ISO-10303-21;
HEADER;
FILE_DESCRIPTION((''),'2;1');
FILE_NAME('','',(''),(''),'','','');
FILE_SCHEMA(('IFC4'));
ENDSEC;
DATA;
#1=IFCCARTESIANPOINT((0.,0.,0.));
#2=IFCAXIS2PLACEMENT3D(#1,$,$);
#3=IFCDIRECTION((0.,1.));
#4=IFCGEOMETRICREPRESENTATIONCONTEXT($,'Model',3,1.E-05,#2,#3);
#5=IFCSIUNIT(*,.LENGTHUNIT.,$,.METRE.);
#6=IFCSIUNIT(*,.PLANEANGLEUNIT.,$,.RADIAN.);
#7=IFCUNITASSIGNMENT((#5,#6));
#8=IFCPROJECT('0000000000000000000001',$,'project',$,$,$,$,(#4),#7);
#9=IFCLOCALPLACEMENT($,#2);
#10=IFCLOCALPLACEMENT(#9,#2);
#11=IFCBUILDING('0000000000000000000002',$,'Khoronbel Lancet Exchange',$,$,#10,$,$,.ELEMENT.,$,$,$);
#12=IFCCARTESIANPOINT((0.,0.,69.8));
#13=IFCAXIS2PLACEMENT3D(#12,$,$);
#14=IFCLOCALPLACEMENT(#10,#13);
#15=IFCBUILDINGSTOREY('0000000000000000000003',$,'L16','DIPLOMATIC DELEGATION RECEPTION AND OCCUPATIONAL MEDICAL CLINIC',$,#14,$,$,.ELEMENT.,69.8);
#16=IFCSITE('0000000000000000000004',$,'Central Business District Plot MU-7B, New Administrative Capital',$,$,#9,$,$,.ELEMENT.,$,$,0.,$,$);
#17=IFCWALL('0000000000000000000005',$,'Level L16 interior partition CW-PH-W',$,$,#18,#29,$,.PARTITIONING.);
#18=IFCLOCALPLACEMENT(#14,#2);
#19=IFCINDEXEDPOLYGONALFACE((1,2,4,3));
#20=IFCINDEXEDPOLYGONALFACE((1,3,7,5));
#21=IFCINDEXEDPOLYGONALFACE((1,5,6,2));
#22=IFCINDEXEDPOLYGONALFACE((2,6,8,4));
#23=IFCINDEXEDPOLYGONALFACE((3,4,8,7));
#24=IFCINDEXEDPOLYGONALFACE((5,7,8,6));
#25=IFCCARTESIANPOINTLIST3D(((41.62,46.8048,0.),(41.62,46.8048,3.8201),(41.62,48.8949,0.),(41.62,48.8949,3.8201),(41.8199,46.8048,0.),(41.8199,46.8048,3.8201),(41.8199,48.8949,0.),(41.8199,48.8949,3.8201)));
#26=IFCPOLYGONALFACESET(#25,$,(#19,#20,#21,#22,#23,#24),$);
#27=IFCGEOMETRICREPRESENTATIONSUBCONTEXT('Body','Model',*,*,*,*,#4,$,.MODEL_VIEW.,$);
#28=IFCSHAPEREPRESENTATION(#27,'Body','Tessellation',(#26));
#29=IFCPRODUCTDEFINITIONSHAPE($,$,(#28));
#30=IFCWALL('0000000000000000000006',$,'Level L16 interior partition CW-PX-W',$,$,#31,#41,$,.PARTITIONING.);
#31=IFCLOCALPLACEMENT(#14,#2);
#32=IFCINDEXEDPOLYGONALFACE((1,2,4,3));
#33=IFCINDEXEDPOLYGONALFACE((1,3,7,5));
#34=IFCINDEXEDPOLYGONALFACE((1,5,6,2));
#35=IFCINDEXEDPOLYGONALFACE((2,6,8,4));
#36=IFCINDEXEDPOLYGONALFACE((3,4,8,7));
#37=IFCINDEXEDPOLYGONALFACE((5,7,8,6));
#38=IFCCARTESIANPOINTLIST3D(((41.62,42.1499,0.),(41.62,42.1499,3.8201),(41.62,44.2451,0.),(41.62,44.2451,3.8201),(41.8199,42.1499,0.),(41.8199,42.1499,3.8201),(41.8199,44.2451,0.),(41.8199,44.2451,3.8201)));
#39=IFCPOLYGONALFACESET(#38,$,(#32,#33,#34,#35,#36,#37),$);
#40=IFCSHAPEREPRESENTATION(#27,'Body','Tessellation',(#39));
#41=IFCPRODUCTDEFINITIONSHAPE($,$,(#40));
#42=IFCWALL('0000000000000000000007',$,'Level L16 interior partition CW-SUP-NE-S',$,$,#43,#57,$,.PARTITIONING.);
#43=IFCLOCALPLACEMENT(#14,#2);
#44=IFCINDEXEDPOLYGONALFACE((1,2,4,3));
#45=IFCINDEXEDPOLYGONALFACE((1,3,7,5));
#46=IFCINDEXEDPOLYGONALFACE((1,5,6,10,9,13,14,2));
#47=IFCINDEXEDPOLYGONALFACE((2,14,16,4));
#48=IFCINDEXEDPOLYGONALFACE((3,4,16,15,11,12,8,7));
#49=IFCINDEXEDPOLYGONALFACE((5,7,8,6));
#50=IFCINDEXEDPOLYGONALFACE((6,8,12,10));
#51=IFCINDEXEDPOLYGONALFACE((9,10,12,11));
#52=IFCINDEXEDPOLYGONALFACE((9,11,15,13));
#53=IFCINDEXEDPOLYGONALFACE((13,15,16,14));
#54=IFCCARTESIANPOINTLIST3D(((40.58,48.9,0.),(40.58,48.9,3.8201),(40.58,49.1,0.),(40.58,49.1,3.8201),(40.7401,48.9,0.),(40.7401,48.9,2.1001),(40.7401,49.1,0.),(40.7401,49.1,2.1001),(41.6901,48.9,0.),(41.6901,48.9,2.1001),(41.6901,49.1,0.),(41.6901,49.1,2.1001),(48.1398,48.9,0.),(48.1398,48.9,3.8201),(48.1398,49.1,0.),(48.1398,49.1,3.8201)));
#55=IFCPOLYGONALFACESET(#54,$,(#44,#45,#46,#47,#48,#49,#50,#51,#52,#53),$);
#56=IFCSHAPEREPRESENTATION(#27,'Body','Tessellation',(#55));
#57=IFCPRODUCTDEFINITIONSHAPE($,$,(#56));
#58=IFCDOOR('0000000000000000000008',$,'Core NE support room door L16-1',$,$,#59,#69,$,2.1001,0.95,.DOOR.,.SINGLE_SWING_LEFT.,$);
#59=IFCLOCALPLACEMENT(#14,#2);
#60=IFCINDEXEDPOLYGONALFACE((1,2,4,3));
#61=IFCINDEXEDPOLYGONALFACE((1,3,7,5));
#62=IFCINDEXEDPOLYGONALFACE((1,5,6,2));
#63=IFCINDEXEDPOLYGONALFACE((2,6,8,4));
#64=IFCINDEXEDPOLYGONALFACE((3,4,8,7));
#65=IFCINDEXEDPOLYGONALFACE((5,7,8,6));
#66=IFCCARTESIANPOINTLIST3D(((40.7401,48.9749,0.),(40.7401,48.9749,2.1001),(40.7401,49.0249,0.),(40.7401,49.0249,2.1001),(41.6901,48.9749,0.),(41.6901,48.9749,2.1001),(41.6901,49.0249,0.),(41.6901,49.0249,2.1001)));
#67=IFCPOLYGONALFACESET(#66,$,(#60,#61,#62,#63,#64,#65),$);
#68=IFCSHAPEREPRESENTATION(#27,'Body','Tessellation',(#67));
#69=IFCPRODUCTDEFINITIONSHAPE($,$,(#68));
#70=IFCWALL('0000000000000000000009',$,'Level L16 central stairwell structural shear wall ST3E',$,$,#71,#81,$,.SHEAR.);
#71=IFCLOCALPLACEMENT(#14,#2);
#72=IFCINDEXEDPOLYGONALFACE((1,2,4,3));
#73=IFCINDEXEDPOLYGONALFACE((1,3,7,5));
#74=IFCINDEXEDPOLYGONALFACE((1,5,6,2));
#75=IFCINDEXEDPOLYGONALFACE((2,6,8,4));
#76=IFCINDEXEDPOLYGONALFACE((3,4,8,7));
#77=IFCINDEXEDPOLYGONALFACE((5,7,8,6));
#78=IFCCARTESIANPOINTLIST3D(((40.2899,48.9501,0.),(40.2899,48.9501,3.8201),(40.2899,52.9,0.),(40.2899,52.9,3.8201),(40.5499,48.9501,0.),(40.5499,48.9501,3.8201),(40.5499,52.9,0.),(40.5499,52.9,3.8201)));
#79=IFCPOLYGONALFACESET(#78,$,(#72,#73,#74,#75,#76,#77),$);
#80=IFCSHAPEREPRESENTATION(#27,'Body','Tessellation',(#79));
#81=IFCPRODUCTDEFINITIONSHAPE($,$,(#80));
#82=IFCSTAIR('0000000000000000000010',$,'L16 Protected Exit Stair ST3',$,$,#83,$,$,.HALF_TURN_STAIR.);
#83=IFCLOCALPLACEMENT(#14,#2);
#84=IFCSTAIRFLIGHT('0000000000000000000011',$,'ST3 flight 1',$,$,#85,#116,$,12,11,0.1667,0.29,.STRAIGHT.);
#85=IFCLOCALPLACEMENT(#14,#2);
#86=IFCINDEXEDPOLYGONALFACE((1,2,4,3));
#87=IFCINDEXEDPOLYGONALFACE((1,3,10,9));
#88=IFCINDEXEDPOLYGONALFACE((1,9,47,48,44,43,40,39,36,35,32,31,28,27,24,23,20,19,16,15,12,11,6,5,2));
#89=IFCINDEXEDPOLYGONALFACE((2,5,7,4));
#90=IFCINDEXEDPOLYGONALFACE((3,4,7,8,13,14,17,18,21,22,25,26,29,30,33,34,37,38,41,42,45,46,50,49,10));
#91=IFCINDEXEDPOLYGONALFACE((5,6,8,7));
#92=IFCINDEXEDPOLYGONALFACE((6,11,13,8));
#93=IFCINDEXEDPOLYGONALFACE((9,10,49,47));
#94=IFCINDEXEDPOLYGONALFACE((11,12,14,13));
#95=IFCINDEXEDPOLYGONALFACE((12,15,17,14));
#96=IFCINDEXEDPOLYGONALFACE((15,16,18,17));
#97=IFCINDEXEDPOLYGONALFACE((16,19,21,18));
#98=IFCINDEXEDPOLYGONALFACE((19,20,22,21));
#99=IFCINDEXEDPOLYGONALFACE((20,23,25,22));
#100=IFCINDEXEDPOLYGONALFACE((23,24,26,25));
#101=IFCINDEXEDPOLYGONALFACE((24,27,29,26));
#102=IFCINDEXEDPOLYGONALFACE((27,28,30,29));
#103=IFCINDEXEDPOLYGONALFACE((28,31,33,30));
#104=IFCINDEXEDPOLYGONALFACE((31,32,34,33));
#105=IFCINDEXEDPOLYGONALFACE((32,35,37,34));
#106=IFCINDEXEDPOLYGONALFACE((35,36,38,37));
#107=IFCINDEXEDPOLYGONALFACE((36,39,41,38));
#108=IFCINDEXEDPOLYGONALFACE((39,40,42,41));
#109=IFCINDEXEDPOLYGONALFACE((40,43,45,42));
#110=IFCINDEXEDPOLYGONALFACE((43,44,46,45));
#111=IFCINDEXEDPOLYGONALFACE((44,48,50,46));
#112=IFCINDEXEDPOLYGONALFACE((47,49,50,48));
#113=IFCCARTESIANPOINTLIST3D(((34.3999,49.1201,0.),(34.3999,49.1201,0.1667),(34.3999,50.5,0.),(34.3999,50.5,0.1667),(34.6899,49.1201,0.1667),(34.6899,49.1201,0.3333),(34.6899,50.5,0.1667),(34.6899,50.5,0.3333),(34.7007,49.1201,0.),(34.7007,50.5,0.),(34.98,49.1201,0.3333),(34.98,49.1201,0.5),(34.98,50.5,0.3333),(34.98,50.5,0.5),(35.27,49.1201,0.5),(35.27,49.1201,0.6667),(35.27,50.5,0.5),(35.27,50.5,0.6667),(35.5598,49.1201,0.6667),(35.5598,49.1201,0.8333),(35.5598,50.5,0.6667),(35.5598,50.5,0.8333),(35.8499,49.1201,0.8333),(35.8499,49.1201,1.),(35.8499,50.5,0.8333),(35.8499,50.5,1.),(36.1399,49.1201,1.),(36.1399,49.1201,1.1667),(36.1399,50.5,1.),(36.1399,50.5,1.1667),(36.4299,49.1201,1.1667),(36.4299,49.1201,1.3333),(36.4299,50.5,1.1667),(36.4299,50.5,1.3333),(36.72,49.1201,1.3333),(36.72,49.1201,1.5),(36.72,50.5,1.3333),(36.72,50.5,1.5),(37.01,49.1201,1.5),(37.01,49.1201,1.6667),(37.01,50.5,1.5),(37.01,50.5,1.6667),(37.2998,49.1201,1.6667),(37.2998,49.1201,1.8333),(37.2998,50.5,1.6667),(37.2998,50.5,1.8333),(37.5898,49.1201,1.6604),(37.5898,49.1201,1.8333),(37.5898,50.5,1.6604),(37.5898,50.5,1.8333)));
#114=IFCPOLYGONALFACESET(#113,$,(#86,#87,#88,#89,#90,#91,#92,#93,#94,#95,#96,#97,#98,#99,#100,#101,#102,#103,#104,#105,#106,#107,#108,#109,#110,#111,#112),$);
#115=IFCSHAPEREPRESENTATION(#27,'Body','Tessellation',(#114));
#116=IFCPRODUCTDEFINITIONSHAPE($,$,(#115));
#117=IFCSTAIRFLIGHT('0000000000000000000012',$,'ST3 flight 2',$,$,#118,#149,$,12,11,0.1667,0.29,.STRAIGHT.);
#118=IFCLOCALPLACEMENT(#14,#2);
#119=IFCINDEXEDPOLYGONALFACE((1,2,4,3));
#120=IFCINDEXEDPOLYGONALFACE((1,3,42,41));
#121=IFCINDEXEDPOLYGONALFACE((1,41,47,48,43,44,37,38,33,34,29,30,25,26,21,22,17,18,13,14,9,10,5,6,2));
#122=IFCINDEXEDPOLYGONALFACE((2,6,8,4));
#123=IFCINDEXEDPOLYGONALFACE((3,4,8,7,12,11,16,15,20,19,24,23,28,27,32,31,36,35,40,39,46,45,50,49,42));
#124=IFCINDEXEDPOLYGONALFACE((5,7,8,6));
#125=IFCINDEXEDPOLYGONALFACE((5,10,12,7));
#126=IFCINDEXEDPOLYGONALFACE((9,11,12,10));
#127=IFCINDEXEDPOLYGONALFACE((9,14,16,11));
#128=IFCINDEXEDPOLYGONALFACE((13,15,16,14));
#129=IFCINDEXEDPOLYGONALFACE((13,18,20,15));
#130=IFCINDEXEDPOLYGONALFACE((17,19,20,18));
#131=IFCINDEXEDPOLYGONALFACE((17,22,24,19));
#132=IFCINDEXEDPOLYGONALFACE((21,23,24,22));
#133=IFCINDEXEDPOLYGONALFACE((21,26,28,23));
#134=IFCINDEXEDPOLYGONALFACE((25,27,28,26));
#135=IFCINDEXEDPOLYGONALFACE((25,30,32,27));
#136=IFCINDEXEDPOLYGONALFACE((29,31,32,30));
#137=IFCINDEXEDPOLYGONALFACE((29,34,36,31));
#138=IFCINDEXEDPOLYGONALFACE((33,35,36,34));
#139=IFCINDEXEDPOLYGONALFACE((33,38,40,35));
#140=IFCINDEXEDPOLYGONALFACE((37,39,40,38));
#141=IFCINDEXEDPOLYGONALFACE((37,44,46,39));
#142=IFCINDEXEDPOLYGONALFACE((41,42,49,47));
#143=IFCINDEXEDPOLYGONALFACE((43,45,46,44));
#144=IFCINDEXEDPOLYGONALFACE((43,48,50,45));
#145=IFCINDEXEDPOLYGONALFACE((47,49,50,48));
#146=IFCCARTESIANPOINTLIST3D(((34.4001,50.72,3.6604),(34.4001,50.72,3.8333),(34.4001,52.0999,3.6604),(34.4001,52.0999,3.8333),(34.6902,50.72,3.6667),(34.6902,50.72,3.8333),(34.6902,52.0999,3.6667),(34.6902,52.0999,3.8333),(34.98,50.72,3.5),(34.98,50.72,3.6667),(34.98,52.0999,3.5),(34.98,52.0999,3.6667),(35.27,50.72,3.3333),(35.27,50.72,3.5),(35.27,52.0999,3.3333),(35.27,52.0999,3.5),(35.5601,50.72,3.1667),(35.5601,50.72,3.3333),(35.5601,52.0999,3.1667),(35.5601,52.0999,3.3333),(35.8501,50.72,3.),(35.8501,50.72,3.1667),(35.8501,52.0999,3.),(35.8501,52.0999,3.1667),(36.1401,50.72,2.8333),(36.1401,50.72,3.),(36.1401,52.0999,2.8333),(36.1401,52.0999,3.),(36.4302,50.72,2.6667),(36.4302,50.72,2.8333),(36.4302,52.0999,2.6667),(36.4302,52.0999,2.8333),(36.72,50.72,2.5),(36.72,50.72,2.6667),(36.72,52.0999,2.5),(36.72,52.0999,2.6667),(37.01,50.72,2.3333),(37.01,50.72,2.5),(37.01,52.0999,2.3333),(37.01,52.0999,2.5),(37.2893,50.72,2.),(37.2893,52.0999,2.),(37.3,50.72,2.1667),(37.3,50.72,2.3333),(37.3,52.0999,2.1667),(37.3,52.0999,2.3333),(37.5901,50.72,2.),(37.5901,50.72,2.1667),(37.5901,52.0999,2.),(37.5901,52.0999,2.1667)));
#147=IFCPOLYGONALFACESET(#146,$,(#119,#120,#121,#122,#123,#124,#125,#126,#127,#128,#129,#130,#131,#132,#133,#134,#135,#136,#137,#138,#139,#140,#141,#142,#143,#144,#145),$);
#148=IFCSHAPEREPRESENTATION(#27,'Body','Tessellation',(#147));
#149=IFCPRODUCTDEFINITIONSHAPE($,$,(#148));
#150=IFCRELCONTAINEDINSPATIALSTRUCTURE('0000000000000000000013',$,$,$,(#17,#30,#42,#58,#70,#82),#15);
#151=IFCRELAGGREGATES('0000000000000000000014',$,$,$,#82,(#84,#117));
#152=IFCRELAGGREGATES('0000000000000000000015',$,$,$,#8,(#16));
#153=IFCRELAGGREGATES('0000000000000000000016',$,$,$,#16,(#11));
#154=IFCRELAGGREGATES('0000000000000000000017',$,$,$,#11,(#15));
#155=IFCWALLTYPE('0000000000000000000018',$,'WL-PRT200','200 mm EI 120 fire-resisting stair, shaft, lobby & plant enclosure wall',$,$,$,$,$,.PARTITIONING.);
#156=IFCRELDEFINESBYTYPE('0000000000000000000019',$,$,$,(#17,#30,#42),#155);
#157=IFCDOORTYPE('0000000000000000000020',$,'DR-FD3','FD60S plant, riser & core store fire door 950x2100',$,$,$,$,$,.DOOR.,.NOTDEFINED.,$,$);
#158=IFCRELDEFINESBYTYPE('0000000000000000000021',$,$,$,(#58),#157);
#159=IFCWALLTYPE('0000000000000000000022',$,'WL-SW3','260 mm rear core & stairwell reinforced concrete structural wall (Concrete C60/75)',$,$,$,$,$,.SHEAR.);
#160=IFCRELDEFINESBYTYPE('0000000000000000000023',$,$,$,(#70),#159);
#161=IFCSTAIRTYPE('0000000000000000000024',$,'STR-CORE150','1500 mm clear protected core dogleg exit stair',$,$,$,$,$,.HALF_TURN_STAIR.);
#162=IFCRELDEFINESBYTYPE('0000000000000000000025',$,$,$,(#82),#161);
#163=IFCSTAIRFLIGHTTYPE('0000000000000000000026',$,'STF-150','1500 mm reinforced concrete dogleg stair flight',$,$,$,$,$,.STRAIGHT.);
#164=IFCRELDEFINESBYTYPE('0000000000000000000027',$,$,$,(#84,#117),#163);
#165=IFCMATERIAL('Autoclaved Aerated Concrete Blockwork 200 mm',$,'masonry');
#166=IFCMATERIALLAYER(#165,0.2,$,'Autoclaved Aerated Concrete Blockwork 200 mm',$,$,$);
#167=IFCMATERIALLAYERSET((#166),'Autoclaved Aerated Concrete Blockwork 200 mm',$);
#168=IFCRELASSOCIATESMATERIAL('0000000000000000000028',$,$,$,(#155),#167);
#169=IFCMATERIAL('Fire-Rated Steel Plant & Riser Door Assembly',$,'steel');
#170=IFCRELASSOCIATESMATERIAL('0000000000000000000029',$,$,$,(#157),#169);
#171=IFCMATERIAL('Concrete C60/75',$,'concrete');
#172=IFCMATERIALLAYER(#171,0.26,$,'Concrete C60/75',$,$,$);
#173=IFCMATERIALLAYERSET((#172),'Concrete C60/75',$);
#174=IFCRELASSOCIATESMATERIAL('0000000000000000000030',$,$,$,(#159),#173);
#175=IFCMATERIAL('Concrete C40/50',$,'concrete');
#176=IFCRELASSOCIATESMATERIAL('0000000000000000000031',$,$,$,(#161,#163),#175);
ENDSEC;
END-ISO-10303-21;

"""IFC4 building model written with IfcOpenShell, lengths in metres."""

from ifc_helpers import new_model, si_unit, direction, frame, frame_2d, origin, place, context, subcontext, project, spatial, polyline, rectangle, outline, extrude, material, layer, layer_set, type_object, element, fill, aggregate, save


model = new_model("IFC4")

# Units and contexts
model_context = context("Model", 3, precision=1e-05, world=origin(), true_north=direction((0.0, 1.0)))
body_context = subcontext(model_context, "Body", "Model", "MODEL_VIEW")
ifc_project = project(units=[si_unit("LENGTHUNIT", "METRE"), si_unit("PLANEANGLEUNIT", "RADIAN")], contexts=[model_context])

# Site, building, storey
site_placement = place(None, origin())
site = spatial("IfcSite", under=ifc_project, at=site_placement, Name="Central Business District Plot MU-7B, New Administrative Capital", CompositionType="ELEMENT", RefElevation=0.0)
building_placement = place(site_placement, origin())
building = spatial("IfcBuilding", under=site, at=building_placement, Name="Khoronbel Lancet Exchange", CompositionType="ELEMENT")
storey_placement = place(building_placement, frame((0.0, 0.0, 69.8)))
storey = spatial("IfcBuildingStorey", under=building, at=storey_placement, Name="L16", Description="DIPLOMATIC DELEGATION RECEPTION AND OCCUPATIONAL MEDICAL CLINIC", CompositionType="ELEMENT", Elevation=69.8)

# Walls
ifc_material_1 = material(Name="Autoclaved Aerated Concrete Blockwork 200 mm", Category="masonry")
ifc_layer_1 = layer(ifc_material_1, 0.2, Name="Autoclaved Aerated Concrete Blockwork 200 mm")
ifc_layer_set_1 = layer_set([ifc_layer_1], Name="Autoclaved Aerated Concrete Blockwork 200 mm")
wall_type_1 = type_object("IfcWallType", Name="WL-PRT200", Description="200 mm EI 120 fire-resisting stair, shaft, lobby & plant enclosure wall", PredefinedType="PARTITIONING", material=ifc_layer_set_1)
wall_1_placement = place(storey_placement, frame((41.72, 46.8049, 0.0), z_axis=(0.0, 0.0, 1.0), x_axis=(0.0, 1.0, 0.0)))
element("IfcWall", 1, at=wall_1_placement, inside=storey, type_object=wall_type_1, Name="Level L16 interior partition CW-PH-W", PredefinedType="PARTITIONING", context=body_context, shape_type="SweptSolid", body=[
    extrude(rectangle(XDim=2.0901, YDim=0.2, at=frame_2d((1.0449, 0.0))), origin(), (0.0, 0.0, 1.0), 3.8201),
])
wall_2_placement = place(storey_placement, frame((41.72, 42.1499, 0.0), z_axis=(0.0, 0.0, 1.0), x_axis=(0.0, 1.0, 0.0)))
element("IfcWall", 2, at=wall_2_placement, inside=storey, type_object=wall_type_1, Name="Level L16 interior partition CW-PX-W", PredefinedType="PARTITIONING", context=body_context, shape_type="SweptSolid", body=[
    extrude(rectangle(XDim=2.0952, YDim=0.2, at=frame_2d((1.0476, 0.0))), origin(), (0.0, 0.0, 1.0), 3.8201),
])

# Wall, opening, door
wall_3_placement = place(storey_placement, frame((40.5801, 49.0, 0.0), z_axis=(0.0, 0.0, 1.0), x_axis=(1.0, 0.0, 0.0)))
wall_3 = element("IfcWall", 3, at=wall_3_placement, inside=storey, type_object=wall_type_1, Name="Level L16 interior partition CW-SUP-NE-S", PredefinedType="PARTITIONING", context=body_context, shape_type="SweptSolid", body=[
    extrude(rectangle(XDim=7.5598, YDim=0.2, at=frame_2d((3.7798, 0.0))), origin(), (0.0, 0.0, 1.0), 3.8201),
])
opening_1_placement = place(wall_3_placement, frame((0.1599, 0.0, 0.0)))
opening_1 = element("IfcOpeningElement", 4, at=opening_1_placement, cuts=wall_3, PredefinedType="OPENING", context=body_context, shape_type="SweptSolid", body=[
    extrude(rectangle(XDim=0.95, YDim=2.1001, at=frame_2d((0.4751, 1.05))), frame((0.0, 0.1099, 0.0), z_axis=(0.0, -1.0, 0.0), x_axis=(1.0, 0.0, 0.0)), (0.0, 0.0, 1.0), 0.22),
])
ifc_material_2 = material(Name="Fire-Rated Steel Plant & Riser Door Assembly", Category="steel")
door_type_1 = type_object("IfcDoorType", Name="DR-FD3", Description="FD60S plant, riser & core store fire door 950x2100", OperationType="NOTDEFINED", PredefinedType="DOOR", material=ifc_material_2)
door_1_placement = place(opening_1_placement, origin())
door_1 = element("IfcDoor", 5, at=door_1_placement, inside=storey, type_object=door_type_1, Name="Core NE support room door L16-1", OperationType="SINGLE_SWING_LEFT", OverallHeight=2.1001, OverallWidth=0.95, PredefinedType="DOOR", context=body_context, shape_type="SweptSolid", body=[
    extrude(rectangle(XDim=0.95, YDim=2.1001, at=frame_2d((0.4751, 1.05))), frame((0.0, 0.0249, 0.0), z_axis=(0.0, -1.0, 0.0), x_axis=(1.0, 0.0, 0.0)), (0.0, 0.0, 1.0), 0.05),
])
fill(opening_1, door_1)

# Wall
ifc_material_3 = material(Name="Concrete C60/75", Category="concrete")
ifc_layer_2 = layer(ifc_material_3, 0.26, Name="Concrete C60/75")
ifc_layer_set_2 = layer_set([ifc_layer_2], Name="Concrete C60/75")
wall_type_2 = type_object("IfcWallType", Name="WL-SW3", Description="260 mm rear core & stairwell reinforced concrete structural wall (Concrete C60/75)", PredefinedType="SHEAR", material=ifc_layer_set_2)
wall_4_placement = place(storey_placement, frame((40.4199, 48.95, 0.0), z_axis=(0.0, 0.0, 1.0), x_axis=(0.0, 1.0, 0.0)))
element("IfcWall", 6, at=wall_4_placement, inside=storey, type_object=wall_type_2, Name="Level L16 central stairwell structural shear wall ST3E", PredefinedType="SHEAR", context=body_context, shape_type="SweptSolid", body=[
    extrude(rectangle(XDim=3.95, YDim=0.26, at=frame_2d((1.9751, 0.0))), origin(), (0.0, 0.0, 1.0), 3.8201),
])

# Stair, stair flights
ifc_material_4 = material(Name="Concrete C40/50", Category="concrete")
stair_type = type_object("IfcStairType", Name="STR-CORE150", Description="1500 mm clear protected core dogleg exit stair", PredefinedType="HALF_TURN_STAIR", material=ifc_material_4)
stair_placement = place(storey_placement, origin())
stair = element("IfcStair", 7, at=stair_placement, inside=storey, type_object=stair_type, Name="L16 Protected Exit Stair ST3", PredefinedType="HALF_TURN_STAIR")
stair_flight_type = type_object("IfcStairFlightType", Name="STF-150", Description="1500 mm reinforced concrete dogleg stair flight", PredefinedType="STRAIGHT", material=ifc_material_4)
stair_flight_1_placement = place(storey_placement, frame((34.3999, 49.8101, 0.0), z_axis=(0.0, 0.0, 1.0), x_axis=(1.0, 0.0, 0.0)))
stair_flight_1 = element("IfcStairFlight", 8, at=stair_flight_1_placement, type_object=stair_flight_type, Name="ST3 flight 1", NumberOfRisers=12, NumberOfTreads=11, PredefinedType="STRAIGHT", RiserHeight=0.1667, TreadLength=0.29, context=body_context, shape_type="SweptSolid", body=[
    extrude(outline(polyline([(0.0, 0.0), (0.0, 0.1667), (0.29, 0.1667), (0.29, 0.3333), (0.5801, 0.3333), (0.5801, 0.5), (0.8701, 0.5), (0.8701, 0.6667), (1.1599, 0.6667), (1.1599, 0.8333), (1.45, 0.8333), (1.45, 1.0), (1.74, 1.0), (1.74, 1.1667), (2.03, 1.1667), (2.03, 1.3333), (2.3201, 1.3333), (2.3201, 1.5), (2.6101, 1.5), (2.6101, 1.6667), (2.8999, 1.6667), (2.8999, 1.8333), (3.1899, 1.8333), (3.1899, 2.0), (3.1899, 1.6604), (0.3008, 0.0), (0.0, 0.0)])), frame((0.0, 0.6899, 0.0), z_axis=(0.0, -1.0, 0.0), x_axis=(1.0, 0.0, 0.0)), (0.0, 0.0, 1.0), 1.3799),
])
stair_flight_2_placement = place(storey_placement, frame((37.5901, 51.4099, 2.0), z_axis=(0.0, 0.0, 1.0), x_axis=(-1.0, 0.0, 0.0)))
stair_flight_2 = element("IfcStairFlight", 9, at=stair_flight_2_placement, type_object=stair_flight_type, Name="ST3 flight 2", NumberOfRisers=12, NumberOfTreads=11, PredefinedType="STRAIGHT", RiserHeight=0.1667, TreadLength=0.29, context=body_context, shape_type="SweptSolid", body=[
    extrude(outline(polyline([(0.0, 0.0), (0.0, 0.1667), (0.29, 0.1667), (0.29, 0.3333), (0.5801, 0.3333), (0.5801, 0.5), (0.8701, 0.5), (0.8701, 0.6667), (1.1599, 0.6667), (1.1599, 0.8333), (1.45, 0.8333), (1.45, 1.0), (1.74, 1.0), (1.74, 1.1667), (2.03, 1.1667), (2.03, 1.3333), (2.3201, 1.3333), (2.3201, 1.5), (2.6101, 1.5), (2.6101, 1.6667), (2.8999, 1.6667), (2.8999, 1.8333), (3.1899, 1.8333), (3.1899, 2.0), (3.1899, 1.6604), (0.3008, 0.0), (0.0, 0.0)])), frame((0.0, 0.6899, 0.0), z_axis=(0.0, -1.0, 0.0), x_axis=(1.0, 0.0, 0.0)), (0.0, 0.0, 1.0), 1.3799),
])
aggregate(stair, [stair_flight_1, stair_flight_2])

save(model, "model.ifc")
